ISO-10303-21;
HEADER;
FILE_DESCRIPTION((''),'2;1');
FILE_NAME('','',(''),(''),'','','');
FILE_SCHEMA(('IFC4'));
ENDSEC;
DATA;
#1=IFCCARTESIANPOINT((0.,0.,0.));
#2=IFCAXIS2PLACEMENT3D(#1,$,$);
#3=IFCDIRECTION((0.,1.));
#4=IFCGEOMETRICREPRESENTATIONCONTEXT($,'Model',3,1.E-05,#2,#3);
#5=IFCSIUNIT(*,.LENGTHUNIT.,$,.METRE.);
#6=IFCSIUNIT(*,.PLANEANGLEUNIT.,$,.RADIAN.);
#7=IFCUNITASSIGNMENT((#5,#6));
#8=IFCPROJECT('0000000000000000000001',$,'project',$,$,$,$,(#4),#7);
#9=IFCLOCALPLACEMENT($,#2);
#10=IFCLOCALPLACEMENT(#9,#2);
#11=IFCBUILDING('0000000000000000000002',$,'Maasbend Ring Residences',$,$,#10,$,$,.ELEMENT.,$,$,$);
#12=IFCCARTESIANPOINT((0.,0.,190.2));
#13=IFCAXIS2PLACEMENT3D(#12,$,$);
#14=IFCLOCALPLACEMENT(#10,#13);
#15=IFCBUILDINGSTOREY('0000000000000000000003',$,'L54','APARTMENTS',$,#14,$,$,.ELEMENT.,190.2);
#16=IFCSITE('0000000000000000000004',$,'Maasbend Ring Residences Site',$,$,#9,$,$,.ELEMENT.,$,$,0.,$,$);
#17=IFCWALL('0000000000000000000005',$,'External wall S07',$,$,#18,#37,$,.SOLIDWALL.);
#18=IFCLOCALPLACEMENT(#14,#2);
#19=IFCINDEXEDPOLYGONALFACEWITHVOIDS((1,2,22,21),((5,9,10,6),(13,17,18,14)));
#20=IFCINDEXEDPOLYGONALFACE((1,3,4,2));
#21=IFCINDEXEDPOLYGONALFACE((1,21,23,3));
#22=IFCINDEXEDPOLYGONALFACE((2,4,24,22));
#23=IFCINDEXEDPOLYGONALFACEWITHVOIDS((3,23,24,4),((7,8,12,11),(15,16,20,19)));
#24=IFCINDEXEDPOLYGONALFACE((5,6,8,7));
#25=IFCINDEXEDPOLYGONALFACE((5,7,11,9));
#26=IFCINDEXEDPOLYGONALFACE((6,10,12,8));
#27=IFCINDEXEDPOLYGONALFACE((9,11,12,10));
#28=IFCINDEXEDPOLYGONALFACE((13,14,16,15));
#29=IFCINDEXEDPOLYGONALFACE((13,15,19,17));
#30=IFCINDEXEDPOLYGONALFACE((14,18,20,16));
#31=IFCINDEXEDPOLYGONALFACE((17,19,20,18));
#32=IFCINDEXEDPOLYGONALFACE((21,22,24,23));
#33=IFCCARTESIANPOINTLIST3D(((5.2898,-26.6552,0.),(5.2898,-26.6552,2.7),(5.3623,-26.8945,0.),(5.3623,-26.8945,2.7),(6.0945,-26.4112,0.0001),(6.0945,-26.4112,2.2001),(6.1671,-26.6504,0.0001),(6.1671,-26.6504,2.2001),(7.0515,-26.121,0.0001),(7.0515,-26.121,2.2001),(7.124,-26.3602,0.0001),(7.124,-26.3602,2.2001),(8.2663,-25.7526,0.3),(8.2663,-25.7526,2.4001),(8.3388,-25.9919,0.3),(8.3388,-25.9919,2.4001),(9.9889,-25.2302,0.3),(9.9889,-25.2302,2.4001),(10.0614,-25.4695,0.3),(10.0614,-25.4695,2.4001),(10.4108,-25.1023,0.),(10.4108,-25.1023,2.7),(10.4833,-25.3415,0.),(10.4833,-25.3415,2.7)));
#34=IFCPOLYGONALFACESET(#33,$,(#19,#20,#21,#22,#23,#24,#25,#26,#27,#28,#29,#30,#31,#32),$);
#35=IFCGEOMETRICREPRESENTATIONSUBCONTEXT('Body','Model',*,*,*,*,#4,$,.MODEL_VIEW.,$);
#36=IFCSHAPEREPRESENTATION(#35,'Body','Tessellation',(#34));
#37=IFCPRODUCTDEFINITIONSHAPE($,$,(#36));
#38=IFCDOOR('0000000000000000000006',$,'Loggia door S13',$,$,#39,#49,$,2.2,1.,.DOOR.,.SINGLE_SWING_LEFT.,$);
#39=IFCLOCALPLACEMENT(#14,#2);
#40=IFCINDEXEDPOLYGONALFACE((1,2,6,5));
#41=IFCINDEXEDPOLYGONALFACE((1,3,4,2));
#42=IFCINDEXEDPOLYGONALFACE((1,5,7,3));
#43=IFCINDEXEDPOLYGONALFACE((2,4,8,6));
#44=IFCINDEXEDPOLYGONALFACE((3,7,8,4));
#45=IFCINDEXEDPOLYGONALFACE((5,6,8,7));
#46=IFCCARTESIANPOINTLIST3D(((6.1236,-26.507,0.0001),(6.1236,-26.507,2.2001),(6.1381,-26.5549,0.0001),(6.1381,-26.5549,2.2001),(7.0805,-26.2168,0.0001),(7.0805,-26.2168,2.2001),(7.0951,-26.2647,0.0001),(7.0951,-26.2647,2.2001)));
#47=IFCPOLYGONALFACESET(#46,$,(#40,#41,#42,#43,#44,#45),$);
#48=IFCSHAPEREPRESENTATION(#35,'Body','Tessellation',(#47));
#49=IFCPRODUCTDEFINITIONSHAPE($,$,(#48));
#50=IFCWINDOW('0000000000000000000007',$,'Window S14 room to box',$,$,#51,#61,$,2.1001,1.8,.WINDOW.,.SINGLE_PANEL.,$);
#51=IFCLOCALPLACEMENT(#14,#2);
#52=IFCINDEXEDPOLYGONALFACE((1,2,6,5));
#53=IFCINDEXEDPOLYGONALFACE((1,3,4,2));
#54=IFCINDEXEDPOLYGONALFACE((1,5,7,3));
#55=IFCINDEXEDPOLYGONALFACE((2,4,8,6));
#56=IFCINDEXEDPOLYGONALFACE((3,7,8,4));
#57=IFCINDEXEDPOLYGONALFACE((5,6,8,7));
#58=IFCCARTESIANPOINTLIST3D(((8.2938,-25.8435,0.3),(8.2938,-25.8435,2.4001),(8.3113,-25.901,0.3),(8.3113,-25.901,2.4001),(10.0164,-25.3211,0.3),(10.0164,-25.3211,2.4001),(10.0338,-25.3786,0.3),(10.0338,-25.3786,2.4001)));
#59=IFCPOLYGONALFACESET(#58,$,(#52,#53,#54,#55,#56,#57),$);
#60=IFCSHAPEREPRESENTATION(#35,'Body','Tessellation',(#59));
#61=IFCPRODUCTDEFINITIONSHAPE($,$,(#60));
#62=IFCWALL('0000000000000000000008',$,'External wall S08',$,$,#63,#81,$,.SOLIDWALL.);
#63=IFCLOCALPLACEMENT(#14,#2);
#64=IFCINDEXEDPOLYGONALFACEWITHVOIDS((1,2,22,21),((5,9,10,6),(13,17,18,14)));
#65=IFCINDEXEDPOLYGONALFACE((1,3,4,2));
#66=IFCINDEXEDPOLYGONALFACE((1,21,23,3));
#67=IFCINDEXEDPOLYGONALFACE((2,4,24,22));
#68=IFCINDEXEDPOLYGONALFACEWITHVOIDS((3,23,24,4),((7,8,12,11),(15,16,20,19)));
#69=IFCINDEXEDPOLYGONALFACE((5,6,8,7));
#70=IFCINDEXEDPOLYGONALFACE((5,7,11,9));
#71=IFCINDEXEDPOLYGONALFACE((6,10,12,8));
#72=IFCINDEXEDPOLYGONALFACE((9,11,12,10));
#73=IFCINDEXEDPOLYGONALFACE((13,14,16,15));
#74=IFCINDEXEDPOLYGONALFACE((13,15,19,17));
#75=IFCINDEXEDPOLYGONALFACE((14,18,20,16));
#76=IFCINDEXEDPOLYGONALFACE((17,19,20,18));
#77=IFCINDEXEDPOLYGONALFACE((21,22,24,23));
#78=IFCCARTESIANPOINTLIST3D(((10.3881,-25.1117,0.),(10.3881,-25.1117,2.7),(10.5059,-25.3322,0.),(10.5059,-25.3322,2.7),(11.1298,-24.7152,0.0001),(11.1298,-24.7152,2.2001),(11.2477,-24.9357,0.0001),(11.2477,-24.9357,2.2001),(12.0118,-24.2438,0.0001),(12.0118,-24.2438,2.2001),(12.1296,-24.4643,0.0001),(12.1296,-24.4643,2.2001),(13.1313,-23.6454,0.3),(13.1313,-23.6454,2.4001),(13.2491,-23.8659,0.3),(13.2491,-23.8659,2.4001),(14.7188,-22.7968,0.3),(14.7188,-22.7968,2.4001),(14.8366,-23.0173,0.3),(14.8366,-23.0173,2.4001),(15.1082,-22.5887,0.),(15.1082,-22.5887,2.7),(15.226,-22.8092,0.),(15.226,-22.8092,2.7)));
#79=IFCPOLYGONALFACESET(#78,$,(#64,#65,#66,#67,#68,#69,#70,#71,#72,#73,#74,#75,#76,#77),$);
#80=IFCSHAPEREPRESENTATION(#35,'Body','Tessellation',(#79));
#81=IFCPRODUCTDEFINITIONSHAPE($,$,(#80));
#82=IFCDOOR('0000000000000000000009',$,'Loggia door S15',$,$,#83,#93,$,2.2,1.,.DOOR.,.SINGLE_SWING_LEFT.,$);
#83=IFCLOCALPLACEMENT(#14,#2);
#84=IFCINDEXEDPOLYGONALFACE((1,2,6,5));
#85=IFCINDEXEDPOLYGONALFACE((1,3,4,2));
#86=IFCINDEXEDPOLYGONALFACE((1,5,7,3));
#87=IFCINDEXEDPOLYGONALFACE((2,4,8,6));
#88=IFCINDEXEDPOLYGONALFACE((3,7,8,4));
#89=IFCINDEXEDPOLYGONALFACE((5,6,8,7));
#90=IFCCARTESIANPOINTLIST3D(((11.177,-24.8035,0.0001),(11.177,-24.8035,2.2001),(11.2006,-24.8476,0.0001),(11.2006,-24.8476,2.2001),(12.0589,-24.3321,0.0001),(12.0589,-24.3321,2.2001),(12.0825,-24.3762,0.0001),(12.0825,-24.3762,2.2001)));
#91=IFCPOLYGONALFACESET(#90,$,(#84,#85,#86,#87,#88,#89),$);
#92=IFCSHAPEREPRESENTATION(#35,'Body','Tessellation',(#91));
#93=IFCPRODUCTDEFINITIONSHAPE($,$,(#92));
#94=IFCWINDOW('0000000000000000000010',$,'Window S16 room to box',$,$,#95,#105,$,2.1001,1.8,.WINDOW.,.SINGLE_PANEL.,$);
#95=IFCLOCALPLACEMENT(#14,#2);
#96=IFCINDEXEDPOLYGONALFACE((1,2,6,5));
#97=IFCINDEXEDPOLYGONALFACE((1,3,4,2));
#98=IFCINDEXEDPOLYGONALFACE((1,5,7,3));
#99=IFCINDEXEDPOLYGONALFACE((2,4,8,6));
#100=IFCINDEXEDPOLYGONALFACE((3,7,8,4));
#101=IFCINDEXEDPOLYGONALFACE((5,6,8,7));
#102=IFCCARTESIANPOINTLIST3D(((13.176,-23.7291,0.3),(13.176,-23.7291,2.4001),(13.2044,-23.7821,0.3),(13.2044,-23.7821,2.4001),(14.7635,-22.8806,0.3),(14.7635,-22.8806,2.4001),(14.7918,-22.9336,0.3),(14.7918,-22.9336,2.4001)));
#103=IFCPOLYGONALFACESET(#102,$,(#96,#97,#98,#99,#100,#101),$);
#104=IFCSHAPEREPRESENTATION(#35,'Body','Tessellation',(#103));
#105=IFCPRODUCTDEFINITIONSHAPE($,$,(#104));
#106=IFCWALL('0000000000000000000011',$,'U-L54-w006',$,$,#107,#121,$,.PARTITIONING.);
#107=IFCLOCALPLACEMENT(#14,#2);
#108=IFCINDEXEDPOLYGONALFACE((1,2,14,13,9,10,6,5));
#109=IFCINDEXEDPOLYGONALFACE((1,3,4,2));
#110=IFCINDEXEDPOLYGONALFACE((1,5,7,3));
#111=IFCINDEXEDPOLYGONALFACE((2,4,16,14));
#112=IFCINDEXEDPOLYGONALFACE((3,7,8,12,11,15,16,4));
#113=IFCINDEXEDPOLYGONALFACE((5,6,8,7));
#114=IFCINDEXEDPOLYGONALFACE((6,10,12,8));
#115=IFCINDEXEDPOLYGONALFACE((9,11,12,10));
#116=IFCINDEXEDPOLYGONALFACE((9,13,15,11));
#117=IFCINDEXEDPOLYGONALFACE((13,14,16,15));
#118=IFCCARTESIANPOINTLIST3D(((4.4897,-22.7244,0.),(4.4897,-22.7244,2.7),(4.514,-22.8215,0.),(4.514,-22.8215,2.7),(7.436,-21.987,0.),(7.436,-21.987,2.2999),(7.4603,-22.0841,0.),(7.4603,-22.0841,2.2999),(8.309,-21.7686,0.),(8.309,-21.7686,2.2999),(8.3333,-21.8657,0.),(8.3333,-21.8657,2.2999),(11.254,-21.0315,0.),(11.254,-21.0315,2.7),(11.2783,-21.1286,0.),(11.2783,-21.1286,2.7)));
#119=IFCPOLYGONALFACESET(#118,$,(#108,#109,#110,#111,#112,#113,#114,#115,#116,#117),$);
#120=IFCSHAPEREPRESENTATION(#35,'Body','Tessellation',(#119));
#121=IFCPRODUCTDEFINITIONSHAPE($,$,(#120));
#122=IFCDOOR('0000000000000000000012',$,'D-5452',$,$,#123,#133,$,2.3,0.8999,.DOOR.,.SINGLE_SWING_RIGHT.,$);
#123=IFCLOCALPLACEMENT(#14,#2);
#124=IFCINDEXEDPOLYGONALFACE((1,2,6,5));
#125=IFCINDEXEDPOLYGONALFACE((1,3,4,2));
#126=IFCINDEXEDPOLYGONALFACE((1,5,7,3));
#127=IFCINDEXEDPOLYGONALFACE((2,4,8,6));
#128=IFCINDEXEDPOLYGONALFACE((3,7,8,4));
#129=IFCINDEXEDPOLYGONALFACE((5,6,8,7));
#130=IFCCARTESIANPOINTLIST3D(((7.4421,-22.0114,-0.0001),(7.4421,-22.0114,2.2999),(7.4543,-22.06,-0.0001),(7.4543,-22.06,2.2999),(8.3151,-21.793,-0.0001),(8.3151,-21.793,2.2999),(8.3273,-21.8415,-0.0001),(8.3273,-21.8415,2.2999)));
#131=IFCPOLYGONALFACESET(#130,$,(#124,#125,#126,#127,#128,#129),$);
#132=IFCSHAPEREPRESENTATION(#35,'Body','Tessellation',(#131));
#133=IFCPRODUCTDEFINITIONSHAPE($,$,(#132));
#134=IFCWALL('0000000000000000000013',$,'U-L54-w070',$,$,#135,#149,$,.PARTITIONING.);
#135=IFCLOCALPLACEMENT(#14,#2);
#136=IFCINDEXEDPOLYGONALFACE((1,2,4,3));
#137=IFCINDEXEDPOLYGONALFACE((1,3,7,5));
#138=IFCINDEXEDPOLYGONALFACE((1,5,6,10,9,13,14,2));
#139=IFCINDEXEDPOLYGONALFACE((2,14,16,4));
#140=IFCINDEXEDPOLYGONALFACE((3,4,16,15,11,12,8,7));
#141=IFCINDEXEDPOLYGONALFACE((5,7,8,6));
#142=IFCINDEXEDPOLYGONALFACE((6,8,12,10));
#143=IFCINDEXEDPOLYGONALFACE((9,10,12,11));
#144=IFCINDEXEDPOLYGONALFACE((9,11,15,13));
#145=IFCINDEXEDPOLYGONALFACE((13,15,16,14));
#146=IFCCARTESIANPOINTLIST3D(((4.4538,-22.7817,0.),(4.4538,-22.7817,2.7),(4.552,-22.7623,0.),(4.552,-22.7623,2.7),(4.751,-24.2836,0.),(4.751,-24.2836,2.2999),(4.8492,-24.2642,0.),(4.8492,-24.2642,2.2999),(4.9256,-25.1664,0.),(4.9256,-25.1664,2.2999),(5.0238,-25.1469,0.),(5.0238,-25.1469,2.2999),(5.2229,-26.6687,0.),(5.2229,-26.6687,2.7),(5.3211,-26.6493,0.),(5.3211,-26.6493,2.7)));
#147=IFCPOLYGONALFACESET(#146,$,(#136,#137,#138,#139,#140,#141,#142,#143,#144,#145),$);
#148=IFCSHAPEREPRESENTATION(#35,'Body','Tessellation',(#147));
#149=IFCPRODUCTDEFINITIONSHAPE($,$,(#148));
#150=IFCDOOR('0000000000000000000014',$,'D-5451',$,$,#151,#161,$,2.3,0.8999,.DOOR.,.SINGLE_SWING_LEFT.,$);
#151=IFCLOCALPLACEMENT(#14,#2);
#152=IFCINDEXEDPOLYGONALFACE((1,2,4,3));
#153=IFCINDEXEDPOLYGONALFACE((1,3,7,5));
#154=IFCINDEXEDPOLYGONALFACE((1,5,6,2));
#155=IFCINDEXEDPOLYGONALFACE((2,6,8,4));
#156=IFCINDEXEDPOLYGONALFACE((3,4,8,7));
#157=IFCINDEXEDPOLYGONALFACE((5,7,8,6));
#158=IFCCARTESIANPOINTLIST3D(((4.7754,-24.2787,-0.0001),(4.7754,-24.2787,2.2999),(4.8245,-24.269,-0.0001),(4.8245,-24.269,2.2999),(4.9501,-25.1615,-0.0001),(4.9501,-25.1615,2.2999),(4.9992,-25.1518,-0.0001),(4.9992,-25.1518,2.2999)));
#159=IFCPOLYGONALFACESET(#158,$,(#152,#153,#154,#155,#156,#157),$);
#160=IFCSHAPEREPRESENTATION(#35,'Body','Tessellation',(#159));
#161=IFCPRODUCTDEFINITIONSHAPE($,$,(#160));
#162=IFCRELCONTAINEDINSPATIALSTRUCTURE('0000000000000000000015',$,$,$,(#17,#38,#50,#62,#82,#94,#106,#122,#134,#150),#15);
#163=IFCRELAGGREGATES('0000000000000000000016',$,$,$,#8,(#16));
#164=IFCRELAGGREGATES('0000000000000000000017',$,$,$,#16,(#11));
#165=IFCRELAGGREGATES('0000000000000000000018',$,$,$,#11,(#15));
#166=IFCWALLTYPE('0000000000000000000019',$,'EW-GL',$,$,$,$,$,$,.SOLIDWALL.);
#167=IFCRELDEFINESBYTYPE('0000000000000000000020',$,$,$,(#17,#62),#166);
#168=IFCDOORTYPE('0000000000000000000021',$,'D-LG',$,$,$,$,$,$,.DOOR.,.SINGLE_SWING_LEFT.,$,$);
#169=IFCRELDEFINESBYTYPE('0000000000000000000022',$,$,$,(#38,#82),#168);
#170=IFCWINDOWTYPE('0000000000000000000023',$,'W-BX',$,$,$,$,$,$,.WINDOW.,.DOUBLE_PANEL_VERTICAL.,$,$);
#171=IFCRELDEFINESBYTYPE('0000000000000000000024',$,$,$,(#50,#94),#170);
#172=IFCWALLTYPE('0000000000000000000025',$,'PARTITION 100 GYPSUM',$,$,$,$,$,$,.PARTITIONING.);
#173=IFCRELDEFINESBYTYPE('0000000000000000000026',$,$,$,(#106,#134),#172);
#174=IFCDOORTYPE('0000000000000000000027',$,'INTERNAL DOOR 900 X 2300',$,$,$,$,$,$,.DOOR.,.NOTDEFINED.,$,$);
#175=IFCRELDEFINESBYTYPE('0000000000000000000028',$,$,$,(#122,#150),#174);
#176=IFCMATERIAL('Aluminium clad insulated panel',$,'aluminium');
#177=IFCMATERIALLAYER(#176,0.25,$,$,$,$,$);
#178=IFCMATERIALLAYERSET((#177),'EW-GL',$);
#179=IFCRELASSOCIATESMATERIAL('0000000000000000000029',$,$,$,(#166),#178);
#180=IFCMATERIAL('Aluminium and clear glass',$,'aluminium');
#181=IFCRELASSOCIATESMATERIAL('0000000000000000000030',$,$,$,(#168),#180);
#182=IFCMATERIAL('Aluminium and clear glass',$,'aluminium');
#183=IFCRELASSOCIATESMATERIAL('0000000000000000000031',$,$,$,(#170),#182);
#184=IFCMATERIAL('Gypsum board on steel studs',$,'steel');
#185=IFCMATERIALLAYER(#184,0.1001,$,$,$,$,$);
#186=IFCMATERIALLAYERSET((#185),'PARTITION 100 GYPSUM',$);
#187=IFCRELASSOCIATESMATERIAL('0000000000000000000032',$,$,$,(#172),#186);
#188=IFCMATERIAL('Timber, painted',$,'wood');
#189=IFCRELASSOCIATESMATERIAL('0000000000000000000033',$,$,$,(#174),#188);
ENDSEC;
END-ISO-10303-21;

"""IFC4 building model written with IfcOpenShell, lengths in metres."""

from ifc_helpers import new_model, si_unit, direction, frame, frame_2d, origin, place, context, subcontext, project, spatial, rectangle, extrude, material, layer, layer_set, type_object, element, fill, save


model = new_model("IFC4")

# Units and contexts
model_context = context("Model", 3, precision=1e-05, world=origin(), true_north=direction((0.0, 1.0)))
body_context = subcontext(model_context, "Body", "Model", "MODEL_VIEW")
ifc_project = project(units=[si_unit("LENGTHUNIT", "METRE"), si_unit("PLANEANGLEUNIT", "RADIAN")], contexts=[model_context])

# Site, building, storey
site_placement = place(None, origin())
site = spatial("IfcSite", under=ifc_project, at=site_placement, Name="Maasbend Ring Residences Site", CompositionType="ELEMENT", RefElevation=0.0)
building_placement = place(site_placement, origin())
building = spatial("IfcBuilding", under=site, at=building_placement, Name="Maasbend Ring Residences", CompositionType="ELEMENT")
storey_placement = place(building_placement, frame((0.0, 0.0, 190.2)))
storey = spatial("IfcBuildingStorey", under=building, at=storey_placement, Name="L54", Description="APARTMENTS", CompositionType="ELEMENT", Elevation=190.2)

# Walls, openings, doors, windows
ifc_material_1 = material(Name="Aluminium clad insulated panel", Category="aluminium")
ifc_layer_1 = layer(ifc_material_1, 0.25)
ifc_layer_set_1 = layer_set([ifc_layer_1], Name="EW-GL")
wall_type_1 = type_object("IfcWallType", Name="EW-GL", PredefinedType="SOLIDWALL", material=ifc_layer_set_1)
wall_1_placement = place(storey_placement, frame((5.3259, -26.7749, 0.0), z_axis=(0.0, 0.0, 1.0), x_axis=(0.956966, 0.290201, 0.0)))
wall_1 = element("IfcWall", 1, at=wall_1_placement, inside=storey, type_object=wall_type_1, Name="External wall S07", PredefinedType="SOLIDWALL", context=body_context, shape_type="SweptSolid", body=[
    extrude(rectangle(XDim=5.3513, YDim=0.25, at=frame_2d((2.6758, 0.0))), origin(), (0.0, 0.0, 1.0), 2.7),
])
opening_1_placement = place(wall_1_placement, frame((0.8411, 0.0, 0.0)))
opening_1 = element("IfcOpeningElement", 2, at=opening_1_placement, cuts=wall_1, PredefinedType="OPENING", context=body_context, shape_type="SweptSolid", body=[
    extrude(rectangle(XDim=1.0, YDim=2.2, at=frame_2d((0.5, 1.1001))), frame((0.0, 0.135, 0.0), z_axis=(0.0, -1.0, 0.0), x_axis=(1.0, 0.0, 0.0)), (0.0, 0.0, 1.0), 0.27),
])
opening_2_placement = place(wall_1_placement, frame((3.1106, 0.0, 0.3)))
opening_2 = element("IfcOpeningElement", 3, at=opening_2_placement, cuts=wall_1, PredefinedType="OPENING", context=body_context, shape_type="SweptSolid", body=[
    extrude(rectangle(XDim=1.8, YDim=2.1001, at=frame_2d((0.8999, 1.05))), frame((0.0, 0.135, 0.0), z_axis=(0.0, -1.0, 0.0), x_axis=(1.0, 0.0, 0.0)), (0.0, 0.0, 1.0), 0.27),
])
ifc_material_2 = material(Name="Aluminium and clear glass", Category="aluminium")
door_type_1 = type_object("IfcDoorType", Name="D-LG", OperationType="SINGLE_SWING_LEFT", PredefinedType="DOOR", material=ifc_material_2)
door_1_placement = place(opening_1_placement, origin())
door_1 = element("IfcDoor", 4, at=door_1_placement, inside=storey, type_object=door_type_1, Name="Loggia door S13", OperationType="SINGLE_SWING_LEFT", OverallHeight=2.2, OverallWidth=1.0, PredefinedType="DOOR", context=body_context, shape_type="SweptSolid", body=[
    extrude(rectangle(XDim=1.0, YDim=2.2, at=frame_2d((0.5, 1.1001))), frame((0.0, 0.0249, 0.0), z_axis=(0.0, -1.0, 0.0), x_axis=(1.0, 0.0, 0.0)), (0.0, 0.0, 1.0), 0.05),
])
fill(opening_1, door_1)
ifc_material_3 = material(Name="Aluminium and clear glass", Category="aluminium")
window_type_1 = type_object("IfcWindowType", Name="W-BX", PartitioningType="DOUBLE_PANEL_VERTICAL", PredefinedType="WINDOW", material=ifc_material_3)
window_1_placement = place(opening_2_placement, origin())
window_1 = element("IfcWindow", 5, at=window_1_placement, inside=storey, type_object=window_type_1, Name="Window S14 room to box", OverallHeight=2.1001, OverallWidth=1.8, PartitioningType="SINGLE_PANEL", PredefinedType="WINDOW", context=body_context, shape_type="SweptSolid", body=[
    extrude(rectangle(XDim=1.8, YDim=2.1001, at=frame_2d((0.8999, 1.05))), frame((0.0, 0.03, 0.0), z_axis=(0.0, -1.0, 0.0), x_axis=(1.0, 0.0, 0.0)), (0.0, 0.0, 1.0), 0.0601),
])
fill(opening_2, window_1)
wall_2_placement = place(storey_placement, frame((10.447, -25.2219, 0.0), z_axis=(0.0, 0.0, 1.0), x_axis=(0.881916, 0.471407, 0.0)))
wall_2 = element("IfcWall", 6, at=wall_2_placement, inside=storey, type_object=wall_type_1, Name="External wall S08", PredefinedType="SOLIDWALL", context=body_context, shape_type="SweptSolid", body=[
    extrude(rectangle(XDim=5.3521, YDim=0.25, at=frame_2d((2.676, 0.0))), origin(), (0.0, 0.0, 1.0), 2.7),
])
opening_3_placement = place(wall_2_placement, frame((0.8411, 0.0, 0.0)))
opening_3 = element("IfcOpeningElement", 7, at=opening_3_placement, cuts=wall_2, PredefinedType="OPENING", context=body_context, shape_type="SweptSolid", body=[
    extrude(rectangle(XDim=1.0, YDim=2.2, at=frame_2d((0.5, 1.1001))), frame((0.0, 0.135, 0.0), z_axis=(0.0, -1.0, 0.0), x_axis=(1.0, 0.0, 0.0)), (0.0, 0.0, 1.0), 0.27),
])
opening_4_placement = place(wall_2_placement, frame((3.1106, 0.0, 0.3)))
opening_4 = element("IfcOpeningElement", 8, at=opening_4_placement, cuts=wall_2, PredefinedType="OPENING", context=body_context, shape_type="SweptSolid", body=[
    extrude(rectangle(XDim=1.8, YDim=2.1001, at=frame_2d((0.8999, 1.05))), frame((0.0, 0.135, 0.0), z_axis=(0.0, -1.0, 0.0), x_axis=(1.0, 0.0, 0.0)), (0.0, 0.0, 1.0), 0.27),
])
door_2_placement = place(opening_3_placement, origin())
door_2 = element("IfcDoor", 9, at=door_2_placement, inside=storey, type_object=door_type_1, Name="Loggia door S15", OperationType="SINGLE_SWING_LEFT", OverallHeight=2.2, OverallWidth=1.0, PredefinedType="DOOR", context=body_context, shape_type="SweptSolid", body=[
    extrude(rectangle(XDim=1.0, YDim=2.2, at=frame_2d((0.5, 1.1001))), frame((0.0, 0.0249, 0.0), z_axis=(0.0, -1.0, 0.0), x_axis=(1.0, 0.0, 0.0)), (0.0, 0.0, 1.0), 0.05),
])
fill(opening_3, door_2)
window_2_placement = place(opening_4_placement, origin())
window_2 = element("IfcWindow", 10, at=window_2_placement, inside=storey, type_object=window_type_1, Name="Window S16 room to box", OverallHeight=2.1001, OverallWidth=1.8, PartitioningType="SINGLE_PANEL", PredefinedType="WINDOW", context=body_context, shape_type="SweptSolid", body=[
    extrude(rectangle(XDim=1.8, YDim=2.1001, at=frame_2d((0.8999, 1.05))), frame((0.0, 0.03, 0.0), z_axis=(0.0, -1.0, 0.0), x_axis=(1.0, 0.0, 0.0)), (0.0, 0.0, 1.0), 0.0601),
])
fill(opening_4, window_2)

# Walls, openings, doors
ifc_material_4 = material(Name="Gypsum board on steel studs", Category="steel")
ifc_layer_2 = layer(ifc_material_4, 0.1001)
ifc_layer_set_2 = layer_set([ifc_layer_2], Name="PARTITION 100 GYPSUM")
wall_type_2 = type_object("IfcWallType", Name="PARTITION 100 GYPSUM", PredefinedType="PARTITIONING", material=ifc_layer_set_2)
wall_3_placement = place(storey_placement, frame((4.502, -22.7729, 0.0), z_axis=(0.0, 0.0, 1.0), x_axis=(0.970081, 0.242783, 0.0)))
wall_3 = element("IfcWall", 11, at=wall_3_placement, inside=storey, type_object=wall_type_2, Name="U-L54-w006", PredefinedType="PARTITIONING", context=body_context, shape_type="SweptSolid", body=[
    extrude(rectangle(XDim=6.9729, YDim=0.1001, at=frame_2d((3.4863, 0.0))), origin(), (0.0, 0.0, 1.0), 2.7),
])
opening_5_placement = place(wall_3_placement, frame((3.0371, 0.0, 0.0)))
opening_5 = element("IfcOpeningElement", 12, at=opening_5_placement, cuts=wall_3, PredefinedType="OPENING", context=body_context, shape_type="SweptSolid", body=[
    extrude(rectangle(XDim=0.8999, YDim=2.3, at=frame_2d((0.45, 1.1499))), frame((0.0, 0.0601, 0.0), z_axis=(0.0, -1.0, 0.0), x_axis=(1.0, 0.0, 0.0)), (0.0, 0.0, 1.0), 0.1201),
])
ifc_material_5 = material(Name="Timber, painted", Category="wood")
door_type_2 = type_object("IfcDoorType", Name="INTERNAL DOOR 900 X 2300", OperationType="NOTDEFINED", PredefinedType="DOOR", material=ifc_material_5)
door_3_placement = place(opening_5_placement, origin())
door_3 = element("IfcDoor", 13, at=door_3_placement, inside=storey, type_object=door_type_2, Name="D-5452", OperationType="SINGLE_SWING_RIGHT", OverallHeight=2.3, OverallWidth=0.8999, PredefinedType="DOOR", context=body_context, shape_type="SweptSolid", body=[
    extrude(rectangle(XDim=0.8999, YDim=2.3, at=frame_2d((0.45, 1.1499))), frame((0.0, 0.0249, 0.0), z_axis=(0.0, -1.0, 0.0), x_axis=(1.0, 0.0, 0.0)), (0.0, 0.0, 1.0), 0.05),
])
fill(opening_5, door_3)
wall_4_placement = place(storey_placement, frame((4.5029, -22.772, 0.0), z_axis=(0.0, 0.0, 1.0), x_axis=(0.19409, -0.980984, 0.0)))
wall_4 = element("IfcWall", 14, at=wall_4_placement, inside=storey, type_object=wall_type_2, Name="U-L54-w070", PredefinedType="PARTITIONING", context=body_context, shape_type="SweptSolid", body=[
    extrude(rectangle(XDim=3.9624, YDim=0.1001, at=frame_2d((1.9812, 0.0))), origin(), (0.0, 0.0, 1.0), 2.7),
])
opening_6_placement = place(wall_4_placement, frame((1.531, 0.0, 0.0)))
opening_6 = element("IfcOpeningElement", 15, at=opening_6_placement, cuts=wall_4, PredefinedType="OPENING", context=body_context, shape_type="SweptSolid", body=[
    extrude(rectangle(XDim=0.8999, YDim=2.3, at=frame_2d((0.45, 1.1499))), frame((0.0, 0.0601, 0.0), z_axis=(0.0, -1.0, 0.0), x_axis=(1.0, 0.0, 0.0)), (0.0, 0.0, 1.0), 0.1201),
])
door_4_placement = place(opening_6_placement, origin())
door_4 = element("IfcDoor", 16, at=door_4_placement, inside=storey, type_object=door_type_2, Name="D-5451", OperationType="SINGLE_SWING_LEFT", OverallHeight=2.3, OverallWidth=0.8999, PredefinedType="DOOR", context=body_context, shape_type="SweptSolid", body=[
    extrude(rectangle(XDim=0.8999, YDim=2.3, at=frame_2d((0.45, 1.1499))), frame((0.0, 0.0249, 0.0), z_axis=(0.0, -1.0, 0.0), x_axis=(1.0, 0.0, 0.0)), (0.0, 0.0, 1.0), 0.05),
])
fill(opening_6, door_4)

save(model, "model.ifc")
